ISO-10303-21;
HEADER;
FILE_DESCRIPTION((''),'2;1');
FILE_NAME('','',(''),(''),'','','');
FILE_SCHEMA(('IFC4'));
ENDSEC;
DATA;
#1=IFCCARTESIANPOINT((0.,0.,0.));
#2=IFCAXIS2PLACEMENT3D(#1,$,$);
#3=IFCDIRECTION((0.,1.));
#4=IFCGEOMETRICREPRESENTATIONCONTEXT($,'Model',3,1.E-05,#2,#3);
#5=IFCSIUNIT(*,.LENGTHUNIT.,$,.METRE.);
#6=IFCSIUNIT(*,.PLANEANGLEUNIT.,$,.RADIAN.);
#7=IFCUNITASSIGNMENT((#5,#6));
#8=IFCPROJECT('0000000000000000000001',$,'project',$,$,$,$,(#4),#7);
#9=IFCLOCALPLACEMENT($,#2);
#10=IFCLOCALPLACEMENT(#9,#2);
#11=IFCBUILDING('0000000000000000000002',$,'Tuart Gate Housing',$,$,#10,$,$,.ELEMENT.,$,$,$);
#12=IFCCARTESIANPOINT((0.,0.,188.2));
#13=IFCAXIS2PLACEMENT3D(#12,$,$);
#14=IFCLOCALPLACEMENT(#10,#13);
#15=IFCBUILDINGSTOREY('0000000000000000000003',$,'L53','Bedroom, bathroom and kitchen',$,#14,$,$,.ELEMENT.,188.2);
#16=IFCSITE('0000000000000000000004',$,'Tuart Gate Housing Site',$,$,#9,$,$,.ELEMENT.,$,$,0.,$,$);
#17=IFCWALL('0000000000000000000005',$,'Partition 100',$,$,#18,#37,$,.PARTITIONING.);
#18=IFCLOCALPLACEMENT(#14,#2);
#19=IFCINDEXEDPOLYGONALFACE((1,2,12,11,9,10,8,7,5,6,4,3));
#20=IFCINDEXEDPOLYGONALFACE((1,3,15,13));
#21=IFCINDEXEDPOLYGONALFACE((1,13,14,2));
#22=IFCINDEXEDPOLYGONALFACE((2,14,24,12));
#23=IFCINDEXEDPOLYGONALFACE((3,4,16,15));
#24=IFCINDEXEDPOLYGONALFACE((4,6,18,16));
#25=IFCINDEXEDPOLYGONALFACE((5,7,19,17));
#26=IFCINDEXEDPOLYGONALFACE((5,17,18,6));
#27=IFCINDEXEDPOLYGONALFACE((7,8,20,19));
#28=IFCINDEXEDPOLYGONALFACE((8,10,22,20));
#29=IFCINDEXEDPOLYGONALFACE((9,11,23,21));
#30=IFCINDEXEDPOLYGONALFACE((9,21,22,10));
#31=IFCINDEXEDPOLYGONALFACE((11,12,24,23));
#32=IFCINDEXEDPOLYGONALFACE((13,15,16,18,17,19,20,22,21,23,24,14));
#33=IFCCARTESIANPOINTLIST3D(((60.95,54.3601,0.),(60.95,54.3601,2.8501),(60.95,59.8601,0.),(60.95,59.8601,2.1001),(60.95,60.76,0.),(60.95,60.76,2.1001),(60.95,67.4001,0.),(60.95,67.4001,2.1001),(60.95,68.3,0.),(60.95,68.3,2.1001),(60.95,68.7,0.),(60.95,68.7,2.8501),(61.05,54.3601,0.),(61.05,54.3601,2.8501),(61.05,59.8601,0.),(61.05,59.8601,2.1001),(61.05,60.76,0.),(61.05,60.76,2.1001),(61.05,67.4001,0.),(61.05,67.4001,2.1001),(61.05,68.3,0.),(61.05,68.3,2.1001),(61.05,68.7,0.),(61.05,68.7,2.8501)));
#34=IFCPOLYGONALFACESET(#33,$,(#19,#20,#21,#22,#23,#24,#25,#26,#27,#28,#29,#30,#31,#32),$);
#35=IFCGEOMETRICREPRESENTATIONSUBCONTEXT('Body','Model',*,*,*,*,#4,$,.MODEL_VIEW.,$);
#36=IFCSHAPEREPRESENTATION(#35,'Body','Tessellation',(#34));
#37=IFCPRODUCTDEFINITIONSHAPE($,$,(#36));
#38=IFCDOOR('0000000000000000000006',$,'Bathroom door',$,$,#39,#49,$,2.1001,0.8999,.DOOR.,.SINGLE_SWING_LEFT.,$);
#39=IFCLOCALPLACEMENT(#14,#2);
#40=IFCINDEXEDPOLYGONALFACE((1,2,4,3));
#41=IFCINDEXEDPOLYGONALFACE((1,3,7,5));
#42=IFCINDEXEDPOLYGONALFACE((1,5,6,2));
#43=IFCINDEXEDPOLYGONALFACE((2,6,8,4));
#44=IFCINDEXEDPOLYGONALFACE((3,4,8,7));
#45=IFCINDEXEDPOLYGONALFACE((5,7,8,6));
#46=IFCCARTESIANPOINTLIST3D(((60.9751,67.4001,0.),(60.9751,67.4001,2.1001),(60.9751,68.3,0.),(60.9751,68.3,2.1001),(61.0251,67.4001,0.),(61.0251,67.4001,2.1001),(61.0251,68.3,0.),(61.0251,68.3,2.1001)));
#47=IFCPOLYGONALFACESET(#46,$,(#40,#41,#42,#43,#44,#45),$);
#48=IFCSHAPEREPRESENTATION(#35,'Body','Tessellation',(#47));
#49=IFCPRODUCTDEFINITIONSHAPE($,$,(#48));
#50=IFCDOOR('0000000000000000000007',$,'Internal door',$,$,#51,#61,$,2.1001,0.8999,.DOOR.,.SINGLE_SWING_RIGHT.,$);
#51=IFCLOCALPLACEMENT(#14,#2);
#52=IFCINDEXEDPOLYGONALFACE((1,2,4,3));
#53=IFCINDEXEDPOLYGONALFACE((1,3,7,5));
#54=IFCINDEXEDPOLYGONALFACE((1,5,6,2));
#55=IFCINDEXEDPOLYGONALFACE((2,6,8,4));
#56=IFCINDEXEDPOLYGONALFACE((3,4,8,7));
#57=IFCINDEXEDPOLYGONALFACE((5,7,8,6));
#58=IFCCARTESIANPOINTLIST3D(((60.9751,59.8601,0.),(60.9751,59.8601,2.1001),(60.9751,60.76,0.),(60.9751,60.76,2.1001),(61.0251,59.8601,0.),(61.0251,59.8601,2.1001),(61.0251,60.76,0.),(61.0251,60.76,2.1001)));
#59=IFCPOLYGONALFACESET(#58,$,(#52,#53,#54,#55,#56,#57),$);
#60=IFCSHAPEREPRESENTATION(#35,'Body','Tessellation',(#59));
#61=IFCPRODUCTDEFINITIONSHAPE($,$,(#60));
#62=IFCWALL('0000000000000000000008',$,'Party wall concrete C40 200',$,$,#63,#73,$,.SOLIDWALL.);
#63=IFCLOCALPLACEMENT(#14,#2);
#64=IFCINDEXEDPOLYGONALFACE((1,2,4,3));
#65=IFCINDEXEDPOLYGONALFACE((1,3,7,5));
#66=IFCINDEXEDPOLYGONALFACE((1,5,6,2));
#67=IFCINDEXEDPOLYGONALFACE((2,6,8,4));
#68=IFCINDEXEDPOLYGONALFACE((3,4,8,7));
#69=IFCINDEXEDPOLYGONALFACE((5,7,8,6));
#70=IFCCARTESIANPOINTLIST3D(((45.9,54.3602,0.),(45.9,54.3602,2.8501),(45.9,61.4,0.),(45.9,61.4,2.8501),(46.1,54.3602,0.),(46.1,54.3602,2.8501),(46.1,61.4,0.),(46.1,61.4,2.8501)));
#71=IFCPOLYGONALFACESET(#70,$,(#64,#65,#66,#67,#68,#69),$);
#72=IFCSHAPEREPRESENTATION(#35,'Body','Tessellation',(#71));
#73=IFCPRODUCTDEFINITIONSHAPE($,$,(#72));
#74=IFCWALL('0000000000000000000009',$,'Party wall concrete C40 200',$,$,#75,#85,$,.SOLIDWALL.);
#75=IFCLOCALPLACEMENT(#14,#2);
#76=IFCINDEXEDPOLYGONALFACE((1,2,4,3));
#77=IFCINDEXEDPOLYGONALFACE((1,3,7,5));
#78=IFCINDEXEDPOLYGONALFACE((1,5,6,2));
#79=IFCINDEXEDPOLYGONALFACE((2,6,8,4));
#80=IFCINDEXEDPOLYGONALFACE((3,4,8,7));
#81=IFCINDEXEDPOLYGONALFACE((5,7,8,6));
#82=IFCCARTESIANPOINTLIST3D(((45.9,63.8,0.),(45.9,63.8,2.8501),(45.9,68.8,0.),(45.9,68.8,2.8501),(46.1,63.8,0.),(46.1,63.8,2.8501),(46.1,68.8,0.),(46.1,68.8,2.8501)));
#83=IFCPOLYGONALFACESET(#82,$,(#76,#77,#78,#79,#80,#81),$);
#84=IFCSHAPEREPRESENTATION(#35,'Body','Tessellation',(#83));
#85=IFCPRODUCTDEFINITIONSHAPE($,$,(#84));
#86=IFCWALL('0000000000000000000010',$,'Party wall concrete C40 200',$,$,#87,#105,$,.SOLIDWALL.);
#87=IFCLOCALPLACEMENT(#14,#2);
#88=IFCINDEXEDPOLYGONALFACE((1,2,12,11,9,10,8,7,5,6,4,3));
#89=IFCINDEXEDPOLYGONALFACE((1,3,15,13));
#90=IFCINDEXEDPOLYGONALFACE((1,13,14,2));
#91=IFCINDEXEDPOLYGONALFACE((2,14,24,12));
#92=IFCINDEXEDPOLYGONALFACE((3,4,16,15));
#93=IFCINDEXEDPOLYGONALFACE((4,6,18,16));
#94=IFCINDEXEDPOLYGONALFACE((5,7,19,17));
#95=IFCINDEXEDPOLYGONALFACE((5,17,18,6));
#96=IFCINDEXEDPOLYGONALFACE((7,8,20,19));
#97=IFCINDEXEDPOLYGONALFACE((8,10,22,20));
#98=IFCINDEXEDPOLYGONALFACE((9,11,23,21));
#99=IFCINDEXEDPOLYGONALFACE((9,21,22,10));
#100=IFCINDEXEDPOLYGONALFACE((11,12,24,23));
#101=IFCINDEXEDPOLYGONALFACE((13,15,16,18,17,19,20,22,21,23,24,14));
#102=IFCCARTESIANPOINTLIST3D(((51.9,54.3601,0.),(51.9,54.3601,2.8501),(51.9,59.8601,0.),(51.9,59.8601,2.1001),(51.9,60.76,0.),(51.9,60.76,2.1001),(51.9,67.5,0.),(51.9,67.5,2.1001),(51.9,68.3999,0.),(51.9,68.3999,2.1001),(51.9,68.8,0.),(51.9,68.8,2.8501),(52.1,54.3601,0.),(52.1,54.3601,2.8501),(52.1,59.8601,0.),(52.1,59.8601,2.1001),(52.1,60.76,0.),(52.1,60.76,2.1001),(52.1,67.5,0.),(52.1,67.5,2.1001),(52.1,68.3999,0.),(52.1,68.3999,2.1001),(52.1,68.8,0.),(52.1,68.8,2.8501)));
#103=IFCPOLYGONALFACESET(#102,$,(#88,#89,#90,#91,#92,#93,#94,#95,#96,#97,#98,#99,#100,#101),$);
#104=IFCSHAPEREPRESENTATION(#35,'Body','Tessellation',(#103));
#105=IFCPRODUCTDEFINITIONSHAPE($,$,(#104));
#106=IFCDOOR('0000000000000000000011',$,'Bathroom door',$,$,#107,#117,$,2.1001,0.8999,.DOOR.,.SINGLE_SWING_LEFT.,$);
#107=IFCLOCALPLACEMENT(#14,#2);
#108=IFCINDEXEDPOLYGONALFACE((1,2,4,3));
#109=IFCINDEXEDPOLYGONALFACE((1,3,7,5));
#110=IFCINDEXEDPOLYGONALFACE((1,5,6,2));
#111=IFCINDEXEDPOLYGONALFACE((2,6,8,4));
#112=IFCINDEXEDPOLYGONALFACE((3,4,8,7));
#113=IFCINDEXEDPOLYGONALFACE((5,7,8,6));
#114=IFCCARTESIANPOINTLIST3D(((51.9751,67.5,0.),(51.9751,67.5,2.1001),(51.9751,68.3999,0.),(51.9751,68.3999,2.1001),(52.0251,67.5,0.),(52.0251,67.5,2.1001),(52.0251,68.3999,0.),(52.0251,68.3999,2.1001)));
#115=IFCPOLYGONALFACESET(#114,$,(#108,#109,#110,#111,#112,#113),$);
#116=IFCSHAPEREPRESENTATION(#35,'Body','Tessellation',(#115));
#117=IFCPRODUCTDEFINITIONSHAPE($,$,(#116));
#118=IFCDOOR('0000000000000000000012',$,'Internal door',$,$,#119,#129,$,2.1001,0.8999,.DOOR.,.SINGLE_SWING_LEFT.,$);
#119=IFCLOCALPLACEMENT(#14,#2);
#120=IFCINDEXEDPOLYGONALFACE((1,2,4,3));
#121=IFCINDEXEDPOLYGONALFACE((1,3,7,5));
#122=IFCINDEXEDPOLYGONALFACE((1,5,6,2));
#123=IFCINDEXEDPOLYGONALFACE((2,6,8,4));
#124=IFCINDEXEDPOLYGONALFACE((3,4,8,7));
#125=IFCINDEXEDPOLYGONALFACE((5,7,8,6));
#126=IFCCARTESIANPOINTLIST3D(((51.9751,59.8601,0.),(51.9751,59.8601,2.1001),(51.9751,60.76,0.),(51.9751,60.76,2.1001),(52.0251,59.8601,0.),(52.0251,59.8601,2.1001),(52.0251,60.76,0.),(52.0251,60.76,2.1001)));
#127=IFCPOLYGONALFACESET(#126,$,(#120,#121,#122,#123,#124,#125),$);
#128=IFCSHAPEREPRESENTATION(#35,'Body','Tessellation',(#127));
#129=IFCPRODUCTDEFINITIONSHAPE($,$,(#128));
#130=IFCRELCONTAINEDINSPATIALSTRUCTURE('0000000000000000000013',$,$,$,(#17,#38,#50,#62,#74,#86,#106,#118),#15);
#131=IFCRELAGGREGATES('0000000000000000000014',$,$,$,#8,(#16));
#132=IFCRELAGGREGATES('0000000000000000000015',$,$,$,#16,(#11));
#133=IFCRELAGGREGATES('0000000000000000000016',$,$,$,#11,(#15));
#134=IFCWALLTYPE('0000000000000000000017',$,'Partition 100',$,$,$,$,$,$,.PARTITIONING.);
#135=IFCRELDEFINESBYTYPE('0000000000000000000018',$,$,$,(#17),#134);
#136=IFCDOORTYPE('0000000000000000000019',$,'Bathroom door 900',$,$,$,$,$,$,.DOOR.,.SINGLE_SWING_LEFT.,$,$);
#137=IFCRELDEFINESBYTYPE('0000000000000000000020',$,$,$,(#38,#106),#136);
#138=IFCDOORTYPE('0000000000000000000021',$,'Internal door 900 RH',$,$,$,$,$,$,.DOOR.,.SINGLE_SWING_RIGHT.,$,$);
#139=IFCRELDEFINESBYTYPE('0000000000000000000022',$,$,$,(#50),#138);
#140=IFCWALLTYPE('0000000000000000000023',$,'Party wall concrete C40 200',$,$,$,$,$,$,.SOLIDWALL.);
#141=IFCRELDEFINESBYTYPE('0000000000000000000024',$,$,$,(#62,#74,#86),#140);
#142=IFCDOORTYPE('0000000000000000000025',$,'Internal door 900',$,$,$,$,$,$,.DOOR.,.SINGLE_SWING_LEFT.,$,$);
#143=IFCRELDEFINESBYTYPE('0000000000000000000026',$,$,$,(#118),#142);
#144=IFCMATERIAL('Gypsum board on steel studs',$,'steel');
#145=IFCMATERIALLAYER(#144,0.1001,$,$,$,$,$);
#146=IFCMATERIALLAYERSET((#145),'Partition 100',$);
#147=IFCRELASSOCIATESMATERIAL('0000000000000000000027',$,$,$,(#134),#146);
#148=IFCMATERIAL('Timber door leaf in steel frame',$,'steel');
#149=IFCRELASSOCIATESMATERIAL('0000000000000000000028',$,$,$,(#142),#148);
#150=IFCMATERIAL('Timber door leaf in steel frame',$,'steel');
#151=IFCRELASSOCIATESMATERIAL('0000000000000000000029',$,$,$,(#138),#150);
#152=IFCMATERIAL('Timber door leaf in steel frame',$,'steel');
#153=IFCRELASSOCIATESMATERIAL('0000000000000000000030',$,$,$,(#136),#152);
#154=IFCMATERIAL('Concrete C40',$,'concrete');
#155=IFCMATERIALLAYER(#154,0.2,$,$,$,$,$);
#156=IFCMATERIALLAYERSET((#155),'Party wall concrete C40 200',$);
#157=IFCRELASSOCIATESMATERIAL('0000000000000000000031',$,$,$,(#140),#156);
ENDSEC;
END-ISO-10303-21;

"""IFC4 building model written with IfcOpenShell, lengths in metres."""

from ifc_helpers import new_model, si_unit, direction, frame, frame_2d, origin, place, context, subcontext, project, spatial, rectangle, extrude, material, layer, layer_set, type_object, element, fill, save


model = new_model("IFC4")

# Units and contexts
model_context = context("Model", 3, precision=1e-05, world=origin(), true_north=direction((0.0, 1.0)))
body_context = subcontext(model_context, "Body", "Model", "MODEL_VIEW")
ifc_project = project(units=[si_unit("LENGTHUNIT", "METRE"), si_unit("PLANEANGLEUNIT", "RADIAN")], contexts=[model_context])

# Site, building, storey
site_placement = place(None, origin())
site = spatial("IfcSite", under=ifc_project, at=site_placement, Name="Tuart Gate Housing Site", CompositionType="ELEMENT", RefElevation=0.0)
building_placement = place(site_placement, origin())
building = spatial("IfcBuilding", under=site, at=building_placement, Name="Tuart Gate Housing", CompositionType="ELEMENT")
storey_placement = place(building_placement, frame((0.0, 0.0, 188.2)))
storey = spatial("IfcBuildingStorey", under=building, at=storey_placement, Name="L53", Description="Bedroom, bathroom and kitchen", CompositionType="ELEMENT", Elevation=188.2)

# Shared definitions
ifc_material_1 = material(Name="Gypsum board on steel studs", Category="steel")
ifc_layer_1 = layer(ifc_material_1, 0.1001)
ifc_layer_set_1 = layer_set([ifc_layer_1], Name="Partition 100")
wall_type_1 = type_object("IfcWallType", Name="Partition 100", PredefinedType="PARTITIONING", material=ifc_layer_set_1)
ifc_material_2 = material(Name="Timber door leaf in steel frame", Category="steel")
door_type_1 = type_object("IfcDoorType", Name="Internal door 900", OperationType="SINGLE_SWING_LEFT", PredefinedType="DOOR", material=ifc_material_2)
ifc_material_3 = material(Name="Timber door leaf in steel frame", Category="steel")
door_type_2 = type_object("IfcDoorType", Name="Internal door 900 RH", OperationType="SINGLE_SWING_RIGHT", PredefinedType="DOOR", material=ifc_material_3)

# Wall, openings, doors
wall_1_placement = place(storey_placement, frame((61.0, 54.3601, 0.0), z_axis=(0.0, 0.0, 1.0), x_axis=(0.0, 1.0, 0.0)))
wall_1 = element("IfcWall", 1, at=wall_1_placement, inside=storey, type_object=wall_type_1, Name="Partition 100", PredefinedType="PARTITIONING", context=body_context, shape_type="SweptSolid", body=[
    extrude(rectangle(XDim=14.3398, YDim=0.1001, at=frame_2d((7.1699, 0.0))), origin(), (0.0, 0.0, 1.0), 2.8501),
])
opening_1_placement = place(wall_1_placement, frame((5.5, 0.0, 0.0)))
opening_1 = element("IfcOpeningElement", 2, at=opening_1_placement, cuts=wall_1, PredefinedType="OPENING", context=body_context, shape_type="SweptSolid", body=[
    extrude(rectangle(XDim=0.8999, YDim=2.1001, at=frame_2d((0.45, 1.05))), frame((0.0, 0.0601, 0.0), z_axis=(0.0, -1.0, 0.0), x_axis=(1.0, 0.0, 0.0)), (0.0, 0.0, 1.0), 0.1201),
])
opening_2_placement = place(wall_1_placement, frame((13.04, 0.0, 0.0)))
opening_2 = element("IfcOpeningElement", 3, at=opening_2_placement, cuts=wall_1, PredefinedType="OPENING", context=body_context, shape_type="SweptSolid", body=[
    extrude(rectangle(XDim=0.8999, YDim=2.1001, at=frame_2d((0.45, 1.05))), frame((0.0, 0.0601, 0.0), z_axis=(0.0, -1.0, 0.0), x_axis=(1.0, 0.0, 0.0)), (0.0, 0.0, 1.0), 0.1201),
])
ifc_material_4 = material(Name="Timber door leaf in steel frame", Category="steel")
door_type_3 = type_object("IfcDoorType", Name="Bathroom door 900", OperationType="SINGLE_SWING_LEFT", PredefinedType="DOOR", material=ifc_material_4)
door_1_placement = place(opening_2_placement, frame((0.8999, 0.0, 0.0), z_axis=(0.0, 0.0, 1.0), x_axis=(-1.0, 0.0, 0.0)))
door_1 = element("IfcDoor", 4, at=door_1_placement, inside=storey, type_object=door_type_3, Name="Bathroom door", OperationType="SINGLE_SWING_LEFT", OverallHeight=2.1001, OverallWidth=0.8999, PredefinedType="DOOR", context=body_context, shape_type="SweptSolid", body=[
    extrude(rectangle(XDim=0.8999, YDim=2.1001, at=frame_2d((0.45, 1.05))), frame((0.0, 0.0251, 0.0), z_axis=(0.0, -1.0, 0.0), x_axis=(1.0, 0.0, 0.0)), (0.0, 0.0, 1.0), 0.05),
])
fill(opening_2, door_1)
door_2_placement = place(opening_1_placement, frame((0.8999, 0.0, 0.0), z_axis=(0.0, 0.0, 1.0), x_axis=(-1.0, 0.0, 0.0)))
door_2 = element("IfcDoor", 5, at=door_2_placement, inside=storey, type_object=door_type_2, Name="Internal door", OperationType="SINGLE_SWING_RIGHT", OverallHeight=2.1001, OverallWidth=0.8999, PredefinedType="DOOR", context=body_context, shape_type="SweptSolid", body=[
    extrude(rectangle(XDim=0.8999, YDim=2.1001, at=frame_2d((0.45, 1.05))), frame((0.0, 0.0251, 0.0), z_axis=(0.0, -1.0, 0.0), x_axis=(1.0, 0.0, 0.0)), (0.0, 0.0, 1.0), 0.05),
])
fill(opening_1, door_2)

# Walls
ifc_material_5 = material(Name="Concrete C40", Category="concrete")
ifc_layer_2 = layer(ifc_material_5, 0.2)
ifc_layer_set_2 = layer_set([ifc_layer_2], Name="Party wall concrete C40 200")
wall_type_2 = type_object("IfcWallType", Name="Party wall concrete C40 200", PredefinedType="SOLIDWALL", material=ifc_layer_set_2)
wall_2_placement = place(storey_placement, frame((46.0, 54.3601, 0.0), z_axis=(0.0, 0.0, 1.0), x_axis=(0.0, 1.0, 0.0)))
element("IfcWall", 6, at=wall_2_placement, inside=storey, type_object=wall_type_2, Name="Party wall concrete C40 200", PredefinedType="SOLIDWALL", context=body_context, shape_type="SweptSolid", body=[
    extrude(rectangle(XDim=7.0398, YDim=0.2, at=frame_2d((3.52, 0.0))), origin(), (0.0, 0.0, 1.0), 2.8501),
])
wall_3_placement = place(storey_placement, frame((46.0, 63.8, 0.0), z_axis=(0.0, 0.0, 1.0), x_axis=(0.0, 1.0, 0.0)))
element("IfcWall", 7, at=wall_3_placement, inside=storey, type_object=wall_type_2, Name="Party wall concrete C40 200", PredefinedType="SOLIDWALL", context=body_context, shape_type="SweptSolid", body=[
    extrude(rectangle(XDim=5.0, YDim=0.2, at=frame_2d((2.5, 0.0))), origin(), (0.0, 0.0, 1.0), 2.8501),
])

# Wall, openings, doors
wall_4_placement = place(storey_placement, frame((52.0, 54.3601, 0.0), z_axis=(0.0, 0.0, 1.0), x_axis=(0.0, 1.0, 0.0)))
wall_4 = element("IfcWall", 8, at=wall_4_placement, inside=storey, type_object=wall_type_2, Name="Party wall concrete C40 200", PredefinedType="SOLIDWALL", context=body_context, shape_type="SweptSolid", body=[
    extrude(rectangle(XDim=14.4399, YDim=0.2, at=frame_2d((7.22, 0.0))), origin(), (0.0, 0.0, 1.0), 2.8501),
])
opening_3_placement = place(wall_4_placement, frame((5.5, 0.0, 0.0)))
opening_3 = element("IfcOpeningElement", 9, at=opening_3_placement, cuts=wall_4, PredefinedType="OPENING", context=body_context, shape_type="SweptSolid", body=[
    extrude(rectangle(XDim=0.8999, YDim=2.1001, at=frame_2d((0.45, 1.05))), frame((0.0, 0.1099, 0.0), z_axis=(0.0, -1.0, 0.0), x_axis=(1.0, 0.0, 0.0)), (0.0, 0.0, 1.0), 0.22),
])
opening_4_placement = place(wall_4_placement, frame((13.1399, 0.0, 0.0)))
opening_4 = element("IfcOpeningElement", 10, at=opening_4_placement, cuts=wall_4, PredefinedType="OPENING", context=body_context, shape_type="SweptSolid", body=[
    extrude(rectangle(XDim=0.8999, YDim=2.1001, at=frame_2d((0.45, 1.05))), frame((0.0, 0.1099, 0.0), z_axis=(0.0, -1.0, 0.0), x_axis=(1.0, 0.0, 0.0)), (0.0, 0.0, 1.0), 0.22),
])
door_3_placement = place(opening_4_placement, frame((0.8999, 0.0, 0.0), z_axis=(0.0, 0.0, 1.0), x_axis=(-1.0, 0.0, 0.0)))
door_3 = element("IfcDoor", 11, at=door_3_placement, inside=storey, type_object=door_type_3, Name="Bathroom door", OperationType="SINGLE_SWING_LEFT", OverallHeight=2.1001, OverallWidth=0.8999, PredefinedType="DOOR", context=body_context, shape_type="SweptSolid", body=[
    extrude(rectangle(XDim=0.8999, YDim=2.1001, at=frame_2d((0.45, 1.05))), frame((0.0, 0.0251, 0.0), z_axis=(0.0, -1.0, 0.0), x_axis=(1.0, 0.0, 0.0)), (0.0, 0.0, 1.0), 0.05),
])
fill(opening_4, door_3)
door_4_placement = place(opening_3_placement, frame((0.8999, 0.0, 0.0), z_axis=(0.0, 0.0, 1.0), x_axis=(-1.0, 0.0, 0.0)))
door_4 = element("IfcDoor", 12, at=door_4_placement, inside=storey, type_object=door_type_1, Name="Internal door", OperationType="SINGLE_SWING_LEFT", OverallHeight=2.1001, OverallWidth=0.8999, PredefinedType="DOOR", context=body_context, shape_type="SweptSolid", body=[
    extrude(rectangle(XDim=0.8999, YDim=2.1001, at=frame_2d((0.45, 1.05))), frame((0.0, 0.0251, 0.0), z_axis=(0.0, -1.0, 0.0), x_axis=(1.0, 0.0, 0.0)), (0.0, 0.0, 1.0), 0.05),
])
fill(opening_3, door_4)

save(model, "model.ifc")
